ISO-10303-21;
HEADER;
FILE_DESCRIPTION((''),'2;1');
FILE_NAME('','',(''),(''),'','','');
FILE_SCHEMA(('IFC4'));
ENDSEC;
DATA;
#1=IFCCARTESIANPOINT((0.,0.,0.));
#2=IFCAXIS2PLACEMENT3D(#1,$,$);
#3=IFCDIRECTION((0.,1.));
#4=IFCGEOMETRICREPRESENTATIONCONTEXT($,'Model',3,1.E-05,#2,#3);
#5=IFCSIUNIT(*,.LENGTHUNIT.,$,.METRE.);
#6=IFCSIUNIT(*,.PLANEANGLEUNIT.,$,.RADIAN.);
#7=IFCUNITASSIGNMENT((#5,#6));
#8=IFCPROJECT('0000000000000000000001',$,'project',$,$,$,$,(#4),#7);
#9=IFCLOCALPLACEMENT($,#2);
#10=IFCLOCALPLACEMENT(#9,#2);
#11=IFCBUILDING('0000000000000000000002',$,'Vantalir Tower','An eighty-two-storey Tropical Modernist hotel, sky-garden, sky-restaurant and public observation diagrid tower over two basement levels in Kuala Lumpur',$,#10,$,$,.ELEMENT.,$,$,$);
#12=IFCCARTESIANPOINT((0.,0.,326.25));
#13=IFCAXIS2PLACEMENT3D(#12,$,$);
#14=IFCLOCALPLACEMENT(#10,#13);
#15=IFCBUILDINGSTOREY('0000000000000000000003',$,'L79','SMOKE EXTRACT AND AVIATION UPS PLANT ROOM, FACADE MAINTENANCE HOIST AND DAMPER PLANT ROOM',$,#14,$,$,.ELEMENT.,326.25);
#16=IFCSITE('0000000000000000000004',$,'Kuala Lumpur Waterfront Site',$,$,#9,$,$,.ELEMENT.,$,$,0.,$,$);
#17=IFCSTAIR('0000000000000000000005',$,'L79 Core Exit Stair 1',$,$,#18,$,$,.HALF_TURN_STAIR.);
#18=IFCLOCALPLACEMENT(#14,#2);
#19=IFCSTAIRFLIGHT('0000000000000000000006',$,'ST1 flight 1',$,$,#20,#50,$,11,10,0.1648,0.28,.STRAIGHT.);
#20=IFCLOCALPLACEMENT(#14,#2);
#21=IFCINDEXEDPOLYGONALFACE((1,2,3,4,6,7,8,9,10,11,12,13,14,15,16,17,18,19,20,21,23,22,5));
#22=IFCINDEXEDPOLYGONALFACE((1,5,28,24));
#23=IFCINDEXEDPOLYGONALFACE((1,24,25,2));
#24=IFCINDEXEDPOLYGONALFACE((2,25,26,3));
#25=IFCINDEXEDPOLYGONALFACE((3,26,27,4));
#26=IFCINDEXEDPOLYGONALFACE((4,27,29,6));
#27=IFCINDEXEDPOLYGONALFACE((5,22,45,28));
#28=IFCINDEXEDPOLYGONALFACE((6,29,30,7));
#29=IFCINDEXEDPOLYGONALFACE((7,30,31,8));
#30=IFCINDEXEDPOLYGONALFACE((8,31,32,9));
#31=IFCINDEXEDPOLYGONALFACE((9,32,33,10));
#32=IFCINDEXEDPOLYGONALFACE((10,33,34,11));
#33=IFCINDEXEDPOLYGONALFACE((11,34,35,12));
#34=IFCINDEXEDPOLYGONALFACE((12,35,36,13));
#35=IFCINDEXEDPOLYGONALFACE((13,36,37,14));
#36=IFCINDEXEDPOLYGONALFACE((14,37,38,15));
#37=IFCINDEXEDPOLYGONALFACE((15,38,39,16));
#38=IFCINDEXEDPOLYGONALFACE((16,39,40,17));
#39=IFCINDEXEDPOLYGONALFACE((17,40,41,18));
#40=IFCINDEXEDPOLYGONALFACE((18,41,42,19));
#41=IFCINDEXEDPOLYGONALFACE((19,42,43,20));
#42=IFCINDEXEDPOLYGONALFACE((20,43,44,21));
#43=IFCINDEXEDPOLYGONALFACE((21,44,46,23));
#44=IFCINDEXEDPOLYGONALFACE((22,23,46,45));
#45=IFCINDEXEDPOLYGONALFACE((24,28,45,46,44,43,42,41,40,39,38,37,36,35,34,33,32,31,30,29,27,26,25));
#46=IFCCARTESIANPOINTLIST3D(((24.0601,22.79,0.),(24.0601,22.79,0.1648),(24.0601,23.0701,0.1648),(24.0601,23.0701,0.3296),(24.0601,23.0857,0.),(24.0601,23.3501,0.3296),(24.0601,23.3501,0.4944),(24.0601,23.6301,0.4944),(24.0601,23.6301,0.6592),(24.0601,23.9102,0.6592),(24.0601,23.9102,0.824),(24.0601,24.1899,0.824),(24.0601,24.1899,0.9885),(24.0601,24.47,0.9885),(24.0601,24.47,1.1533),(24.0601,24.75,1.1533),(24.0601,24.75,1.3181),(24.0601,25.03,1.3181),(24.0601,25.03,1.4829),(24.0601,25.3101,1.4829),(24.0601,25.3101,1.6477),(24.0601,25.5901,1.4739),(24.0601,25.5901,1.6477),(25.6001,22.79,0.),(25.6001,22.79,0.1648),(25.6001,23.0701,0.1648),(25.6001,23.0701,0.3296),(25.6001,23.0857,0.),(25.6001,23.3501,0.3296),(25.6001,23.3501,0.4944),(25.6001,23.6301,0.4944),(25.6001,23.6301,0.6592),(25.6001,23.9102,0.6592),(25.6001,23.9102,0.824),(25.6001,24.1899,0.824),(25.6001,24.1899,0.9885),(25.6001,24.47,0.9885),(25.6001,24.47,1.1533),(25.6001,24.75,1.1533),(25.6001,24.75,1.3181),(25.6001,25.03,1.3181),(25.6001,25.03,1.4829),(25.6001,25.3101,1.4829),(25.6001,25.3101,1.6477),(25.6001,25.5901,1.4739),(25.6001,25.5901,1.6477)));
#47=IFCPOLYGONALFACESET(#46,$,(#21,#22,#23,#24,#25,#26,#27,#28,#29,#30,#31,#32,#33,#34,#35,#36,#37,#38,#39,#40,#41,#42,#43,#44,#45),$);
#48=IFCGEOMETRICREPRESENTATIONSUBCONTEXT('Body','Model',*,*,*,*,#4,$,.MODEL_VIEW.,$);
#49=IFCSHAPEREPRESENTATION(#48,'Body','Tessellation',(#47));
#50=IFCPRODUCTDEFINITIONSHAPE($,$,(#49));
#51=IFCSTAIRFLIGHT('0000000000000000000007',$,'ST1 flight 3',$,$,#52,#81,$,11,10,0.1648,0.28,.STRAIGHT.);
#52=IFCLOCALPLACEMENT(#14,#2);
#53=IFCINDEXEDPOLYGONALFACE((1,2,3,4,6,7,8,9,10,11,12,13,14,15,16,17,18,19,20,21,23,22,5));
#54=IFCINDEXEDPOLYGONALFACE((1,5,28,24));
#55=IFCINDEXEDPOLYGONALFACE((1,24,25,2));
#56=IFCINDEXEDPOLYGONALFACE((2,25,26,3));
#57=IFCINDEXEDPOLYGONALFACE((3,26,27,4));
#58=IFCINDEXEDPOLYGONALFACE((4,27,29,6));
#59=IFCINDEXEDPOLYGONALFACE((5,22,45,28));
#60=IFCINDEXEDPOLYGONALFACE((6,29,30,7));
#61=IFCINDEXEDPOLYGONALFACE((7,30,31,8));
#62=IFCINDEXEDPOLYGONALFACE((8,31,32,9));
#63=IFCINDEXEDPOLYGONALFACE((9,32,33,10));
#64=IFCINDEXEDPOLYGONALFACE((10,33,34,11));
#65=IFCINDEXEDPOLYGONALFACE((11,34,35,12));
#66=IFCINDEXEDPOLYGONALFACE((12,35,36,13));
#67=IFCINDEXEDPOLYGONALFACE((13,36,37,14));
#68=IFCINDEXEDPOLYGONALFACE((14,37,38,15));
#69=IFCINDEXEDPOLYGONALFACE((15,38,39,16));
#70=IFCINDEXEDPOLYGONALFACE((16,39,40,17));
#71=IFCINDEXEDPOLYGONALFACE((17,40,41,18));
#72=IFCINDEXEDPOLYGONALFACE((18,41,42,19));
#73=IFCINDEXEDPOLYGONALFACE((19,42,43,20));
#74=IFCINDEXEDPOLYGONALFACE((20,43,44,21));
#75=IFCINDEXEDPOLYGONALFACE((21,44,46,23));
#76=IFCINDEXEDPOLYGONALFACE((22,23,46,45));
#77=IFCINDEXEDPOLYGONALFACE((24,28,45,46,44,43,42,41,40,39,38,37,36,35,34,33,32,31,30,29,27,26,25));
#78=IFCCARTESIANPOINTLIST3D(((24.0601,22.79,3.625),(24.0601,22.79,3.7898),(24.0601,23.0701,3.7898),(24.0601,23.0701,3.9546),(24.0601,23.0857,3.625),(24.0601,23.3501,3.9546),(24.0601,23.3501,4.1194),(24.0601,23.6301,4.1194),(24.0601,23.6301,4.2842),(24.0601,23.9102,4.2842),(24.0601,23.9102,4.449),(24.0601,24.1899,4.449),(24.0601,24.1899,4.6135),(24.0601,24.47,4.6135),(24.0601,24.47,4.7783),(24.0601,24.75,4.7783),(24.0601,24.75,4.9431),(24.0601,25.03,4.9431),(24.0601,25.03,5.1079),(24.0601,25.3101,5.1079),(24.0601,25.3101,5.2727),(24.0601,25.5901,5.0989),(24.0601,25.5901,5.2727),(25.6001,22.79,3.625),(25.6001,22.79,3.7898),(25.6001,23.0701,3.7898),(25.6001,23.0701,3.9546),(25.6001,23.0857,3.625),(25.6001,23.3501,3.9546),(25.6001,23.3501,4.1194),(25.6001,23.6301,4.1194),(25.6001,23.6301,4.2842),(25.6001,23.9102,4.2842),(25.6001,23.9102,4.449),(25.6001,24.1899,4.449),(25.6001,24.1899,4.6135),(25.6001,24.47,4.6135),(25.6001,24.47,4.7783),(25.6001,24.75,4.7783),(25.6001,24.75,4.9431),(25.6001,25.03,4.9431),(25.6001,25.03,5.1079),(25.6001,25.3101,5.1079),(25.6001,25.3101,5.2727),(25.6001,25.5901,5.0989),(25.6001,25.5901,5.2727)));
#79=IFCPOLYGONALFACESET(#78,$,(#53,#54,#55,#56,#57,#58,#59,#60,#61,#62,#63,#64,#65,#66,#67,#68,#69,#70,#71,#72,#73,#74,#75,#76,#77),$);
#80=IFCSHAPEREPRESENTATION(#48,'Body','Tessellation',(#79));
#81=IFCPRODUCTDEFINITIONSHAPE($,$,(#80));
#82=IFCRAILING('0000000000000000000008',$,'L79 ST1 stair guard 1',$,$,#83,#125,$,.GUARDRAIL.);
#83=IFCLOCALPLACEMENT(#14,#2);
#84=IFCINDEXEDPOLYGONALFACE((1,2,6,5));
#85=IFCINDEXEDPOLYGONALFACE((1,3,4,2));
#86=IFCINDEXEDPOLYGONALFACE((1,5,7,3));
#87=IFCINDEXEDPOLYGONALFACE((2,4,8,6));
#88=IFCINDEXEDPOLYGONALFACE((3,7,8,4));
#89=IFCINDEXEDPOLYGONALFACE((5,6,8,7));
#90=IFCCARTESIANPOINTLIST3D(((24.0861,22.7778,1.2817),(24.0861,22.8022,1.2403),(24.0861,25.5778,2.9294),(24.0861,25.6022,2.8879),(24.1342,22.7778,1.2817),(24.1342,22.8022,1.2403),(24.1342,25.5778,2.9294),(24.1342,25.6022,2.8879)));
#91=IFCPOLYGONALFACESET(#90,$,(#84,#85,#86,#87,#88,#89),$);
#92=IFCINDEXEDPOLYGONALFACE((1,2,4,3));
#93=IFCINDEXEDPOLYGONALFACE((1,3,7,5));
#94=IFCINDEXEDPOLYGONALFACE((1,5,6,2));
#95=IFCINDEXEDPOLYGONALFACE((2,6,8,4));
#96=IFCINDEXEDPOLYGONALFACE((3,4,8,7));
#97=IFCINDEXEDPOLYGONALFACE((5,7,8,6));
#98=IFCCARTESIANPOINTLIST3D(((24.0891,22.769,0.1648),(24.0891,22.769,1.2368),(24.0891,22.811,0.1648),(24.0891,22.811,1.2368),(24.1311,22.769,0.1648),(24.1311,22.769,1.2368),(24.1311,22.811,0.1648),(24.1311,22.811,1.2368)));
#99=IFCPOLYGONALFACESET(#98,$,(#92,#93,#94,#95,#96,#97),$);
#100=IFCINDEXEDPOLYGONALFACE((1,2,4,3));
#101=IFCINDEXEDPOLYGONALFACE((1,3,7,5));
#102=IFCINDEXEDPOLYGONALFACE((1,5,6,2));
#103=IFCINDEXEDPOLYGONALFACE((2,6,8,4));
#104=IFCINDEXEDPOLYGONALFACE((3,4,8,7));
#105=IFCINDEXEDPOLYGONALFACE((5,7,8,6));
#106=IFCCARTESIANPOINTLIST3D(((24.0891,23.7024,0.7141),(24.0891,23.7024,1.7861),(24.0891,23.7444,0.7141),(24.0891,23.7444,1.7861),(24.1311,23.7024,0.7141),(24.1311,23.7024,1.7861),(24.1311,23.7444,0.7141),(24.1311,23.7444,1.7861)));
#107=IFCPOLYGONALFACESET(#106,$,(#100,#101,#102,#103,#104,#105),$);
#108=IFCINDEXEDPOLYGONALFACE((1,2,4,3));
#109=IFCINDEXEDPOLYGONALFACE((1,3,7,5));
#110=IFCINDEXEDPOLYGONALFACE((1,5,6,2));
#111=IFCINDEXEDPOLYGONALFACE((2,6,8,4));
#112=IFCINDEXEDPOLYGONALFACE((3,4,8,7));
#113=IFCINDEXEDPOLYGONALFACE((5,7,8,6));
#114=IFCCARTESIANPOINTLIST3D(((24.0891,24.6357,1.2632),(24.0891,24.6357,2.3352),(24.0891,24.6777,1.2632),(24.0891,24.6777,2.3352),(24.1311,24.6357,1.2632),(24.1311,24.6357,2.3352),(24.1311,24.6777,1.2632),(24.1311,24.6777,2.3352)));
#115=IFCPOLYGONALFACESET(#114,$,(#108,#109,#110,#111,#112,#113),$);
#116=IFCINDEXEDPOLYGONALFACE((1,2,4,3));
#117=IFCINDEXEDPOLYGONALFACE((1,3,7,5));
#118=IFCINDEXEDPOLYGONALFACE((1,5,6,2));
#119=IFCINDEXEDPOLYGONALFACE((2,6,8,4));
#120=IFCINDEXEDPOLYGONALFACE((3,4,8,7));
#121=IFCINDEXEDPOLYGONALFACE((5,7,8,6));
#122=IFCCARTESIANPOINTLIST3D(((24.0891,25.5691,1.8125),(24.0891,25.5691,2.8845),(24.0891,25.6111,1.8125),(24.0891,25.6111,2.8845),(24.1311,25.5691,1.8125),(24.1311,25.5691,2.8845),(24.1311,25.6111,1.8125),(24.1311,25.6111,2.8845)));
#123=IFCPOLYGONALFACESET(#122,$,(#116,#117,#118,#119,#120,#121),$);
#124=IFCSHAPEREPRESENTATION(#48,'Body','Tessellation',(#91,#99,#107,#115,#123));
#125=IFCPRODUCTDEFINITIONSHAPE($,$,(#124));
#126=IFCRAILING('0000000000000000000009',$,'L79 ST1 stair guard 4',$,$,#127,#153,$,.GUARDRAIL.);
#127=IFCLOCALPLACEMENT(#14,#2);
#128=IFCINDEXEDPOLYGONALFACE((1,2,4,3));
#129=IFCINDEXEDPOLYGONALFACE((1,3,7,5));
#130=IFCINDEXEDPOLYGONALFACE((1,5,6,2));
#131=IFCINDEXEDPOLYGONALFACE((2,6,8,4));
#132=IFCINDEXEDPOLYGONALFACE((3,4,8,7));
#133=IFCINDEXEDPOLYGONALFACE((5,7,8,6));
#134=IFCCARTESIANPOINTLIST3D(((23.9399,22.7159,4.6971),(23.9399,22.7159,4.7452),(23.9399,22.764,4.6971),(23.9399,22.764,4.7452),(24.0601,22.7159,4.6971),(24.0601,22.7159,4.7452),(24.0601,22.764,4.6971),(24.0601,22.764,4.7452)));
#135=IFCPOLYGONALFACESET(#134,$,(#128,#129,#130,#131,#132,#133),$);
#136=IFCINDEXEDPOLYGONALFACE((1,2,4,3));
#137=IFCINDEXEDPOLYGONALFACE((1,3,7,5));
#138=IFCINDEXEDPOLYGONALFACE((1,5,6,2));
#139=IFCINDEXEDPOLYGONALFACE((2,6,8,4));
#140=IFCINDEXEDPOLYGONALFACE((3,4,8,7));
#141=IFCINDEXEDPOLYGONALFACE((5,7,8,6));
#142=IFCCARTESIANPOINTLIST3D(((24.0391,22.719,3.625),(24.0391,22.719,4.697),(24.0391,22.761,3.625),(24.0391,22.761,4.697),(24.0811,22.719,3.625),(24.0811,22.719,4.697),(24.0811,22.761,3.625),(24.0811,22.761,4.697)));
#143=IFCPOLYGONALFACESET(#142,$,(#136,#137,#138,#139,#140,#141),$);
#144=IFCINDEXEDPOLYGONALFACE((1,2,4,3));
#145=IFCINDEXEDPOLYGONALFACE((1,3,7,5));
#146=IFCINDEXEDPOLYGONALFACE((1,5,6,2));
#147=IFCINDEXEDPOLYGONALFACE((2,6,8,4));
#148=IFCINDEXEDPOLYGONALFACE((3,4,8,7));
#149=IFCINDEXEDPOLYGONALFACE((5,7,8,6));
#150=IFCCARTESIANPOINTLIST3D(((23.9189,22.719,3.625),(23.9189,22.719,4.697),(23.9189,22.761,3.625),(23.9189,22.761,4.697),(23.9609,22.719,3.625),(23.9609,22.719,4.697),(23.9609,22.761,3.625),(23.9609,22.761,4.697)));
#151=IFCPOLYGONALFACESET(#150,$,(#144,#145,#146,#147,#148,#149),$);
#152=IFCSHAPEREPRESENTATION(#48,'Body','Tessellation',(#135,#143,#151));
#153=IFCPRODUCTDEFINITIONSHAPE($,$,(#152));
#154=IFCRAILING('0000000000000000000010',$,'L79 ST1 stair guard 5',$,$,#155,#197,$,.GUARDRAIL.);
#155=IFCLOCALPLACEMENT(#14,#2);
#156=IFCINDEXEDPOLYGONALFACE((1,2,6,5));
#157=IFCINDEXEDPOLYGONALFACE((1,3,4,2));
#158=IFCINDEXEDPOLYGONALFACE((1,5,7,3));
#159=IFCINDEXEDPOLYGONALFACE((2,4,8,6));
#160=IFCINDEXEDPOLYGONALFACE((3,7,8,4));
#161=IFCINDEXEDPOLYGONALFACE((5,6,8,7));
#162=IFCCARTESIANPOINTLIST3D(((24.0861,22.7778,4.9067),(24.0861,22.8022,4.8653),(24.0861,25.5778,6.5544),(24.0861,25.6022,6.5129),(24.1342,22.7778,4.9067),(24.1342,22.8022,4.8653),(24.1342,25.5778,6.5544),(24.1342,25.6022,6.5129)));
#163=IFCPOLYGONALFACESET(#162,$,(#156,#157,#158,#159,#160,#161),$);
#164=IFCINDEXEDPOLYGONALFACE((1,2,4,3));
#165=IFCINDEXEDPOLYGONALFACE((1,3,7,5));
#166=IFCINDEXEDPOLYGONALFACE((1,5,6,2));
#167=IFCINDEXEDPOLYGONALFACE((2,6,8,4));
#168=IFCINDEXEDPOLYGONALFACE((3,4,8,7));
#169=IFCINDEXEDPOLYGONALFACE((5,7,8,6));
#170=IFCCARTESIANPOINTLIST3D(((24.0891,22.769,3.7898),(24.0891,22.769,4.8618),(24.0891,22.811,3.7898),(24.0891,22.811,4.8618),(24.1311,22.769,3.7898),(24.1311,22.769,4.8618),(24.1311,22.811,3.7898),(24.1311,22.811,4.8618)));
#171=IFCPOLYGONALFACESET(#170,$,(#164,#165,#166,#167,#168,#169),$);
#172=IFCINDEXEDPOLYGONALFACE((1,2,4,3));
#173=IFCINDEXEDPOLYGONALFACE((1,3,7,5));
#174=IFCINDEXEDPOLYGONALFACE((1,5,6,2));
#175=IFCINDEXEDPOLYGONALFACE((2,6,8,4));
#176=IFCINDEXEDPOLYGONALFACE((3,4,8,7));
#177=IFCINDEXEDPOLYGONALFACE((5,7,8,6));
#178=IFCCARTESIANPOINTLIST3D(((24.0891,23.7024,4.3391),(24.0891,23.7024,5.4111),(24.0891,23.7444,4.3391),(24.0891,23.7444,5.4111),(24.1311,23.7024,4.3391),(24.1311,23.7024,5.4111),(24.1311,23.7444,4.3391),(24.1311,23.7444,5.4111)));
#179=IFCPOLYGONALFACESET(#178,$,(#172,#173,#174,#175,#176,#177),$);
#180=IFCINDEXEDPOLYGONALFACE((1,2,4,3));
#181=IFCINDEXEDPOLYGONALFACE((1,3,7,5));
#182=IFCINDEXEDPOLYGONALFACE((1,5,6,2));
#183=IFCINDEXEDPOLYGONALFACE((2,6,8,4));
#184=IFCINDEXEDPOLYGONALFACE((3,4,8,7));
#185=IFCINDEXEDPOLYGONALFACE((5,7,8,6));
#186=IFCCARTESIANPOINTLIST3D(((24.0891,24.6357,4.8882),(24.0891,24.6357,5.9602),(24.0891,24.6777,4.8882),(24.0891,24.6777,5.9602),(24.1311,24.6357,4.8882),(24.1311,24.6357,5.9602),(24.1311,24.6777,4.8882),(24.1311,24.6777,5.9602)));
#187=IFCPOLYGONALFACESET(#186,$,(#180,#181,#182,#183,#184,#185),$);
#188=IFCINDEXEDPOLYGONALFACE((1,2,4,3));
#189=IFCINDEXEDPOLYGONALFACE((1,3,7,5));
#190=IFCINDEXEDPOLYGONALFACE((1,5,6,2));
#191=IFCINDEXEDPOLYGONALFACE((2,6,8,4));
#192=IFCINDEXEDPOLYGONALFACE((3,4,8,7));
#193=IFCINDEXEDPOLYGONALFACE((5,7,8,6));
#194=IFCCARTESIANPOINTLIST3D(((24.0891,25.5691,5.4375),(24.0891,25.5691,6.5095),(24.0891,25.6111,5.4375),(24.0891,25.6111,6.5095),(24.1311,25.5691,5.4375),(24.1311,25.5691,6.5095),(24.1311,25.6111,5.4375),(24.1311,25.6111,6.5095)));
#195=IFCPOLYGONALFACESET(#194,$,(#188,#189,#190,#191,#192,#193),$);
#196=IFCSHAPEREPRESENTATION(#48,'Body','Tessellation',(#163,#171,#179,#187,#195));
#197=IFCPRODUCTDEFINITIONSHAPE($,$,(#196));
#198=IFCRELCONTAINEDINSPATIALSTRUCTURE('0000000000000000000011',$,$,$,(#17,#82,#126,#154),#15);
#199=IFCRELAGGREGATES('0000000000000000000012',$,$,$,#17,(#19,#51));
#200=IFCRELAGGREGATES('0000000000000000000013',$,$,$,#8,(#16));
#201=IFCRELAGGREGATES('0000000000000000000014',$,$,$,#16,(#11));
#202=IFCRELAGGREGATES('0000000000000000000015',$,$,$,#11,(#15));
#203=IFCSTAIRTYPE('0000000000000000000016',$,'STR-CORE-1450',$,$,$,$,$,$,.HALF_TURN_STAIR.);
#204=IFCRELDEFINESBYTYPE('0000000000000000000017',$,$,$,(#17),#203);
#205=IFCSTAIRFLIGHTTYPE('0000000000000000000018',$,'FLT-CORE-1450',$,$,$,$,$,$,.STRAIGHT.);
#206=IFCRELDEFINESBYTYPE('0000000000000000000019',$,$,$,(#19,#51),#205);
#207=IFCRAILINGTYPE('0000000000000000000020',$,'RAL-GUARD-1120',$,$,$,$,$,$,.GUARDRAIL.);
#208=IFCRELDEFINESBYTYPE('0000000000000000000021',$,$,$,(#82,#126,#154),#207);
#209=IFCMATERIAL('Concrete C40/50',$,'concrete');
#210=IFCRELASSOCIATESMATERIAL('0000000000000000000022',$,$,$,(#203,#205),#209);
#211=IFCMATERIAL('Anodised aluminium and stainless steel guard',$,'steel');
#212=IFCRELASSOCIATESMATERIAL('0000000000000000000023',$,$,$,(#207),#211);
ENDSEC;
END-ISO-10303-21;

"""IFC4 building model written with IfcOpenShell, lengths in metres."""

from ifc_helpers import new_model, si_unit, direction, frame, origin, origin_2d, place, context, subcontext, project, spatial, polyline, rectangle, outline, extrude, material, type_object, element, aggregate, save


model = new_model("IFC4")

# Units and contexts
model_context = context("Model", 3, precision=1e-05, world=origin(), true_north=direction((0.0, 1.0)))
body_context = subcontext(model_context, "Body", "Model", "MODEL_VIEW")
ifc_project = project(units=[si_unit("LENGTHUNIT", "METRE"), si_unit("PLANEANGLEUNIT", "RADIAN")], contexts=[model_context])

# Site, building, storey
site_placement = place(None, origin())
site = spatial("IfcSite", under=ifc_project, at=site_placement, Name="Kuala Lumpur Waterfront Site", CompositionType="ELEMENT", RefElevation=0.0)
building_placement = place(site_placement, origin())
building = spatial("IfcBuilding", under=site, at=building_placement, Name="Vantalir Tower", Description="An eighty-two-storey Tropical Modernist hotel, sky-garden, sky-restaurant and public observation diagrid tower over two basement levels in Kuala Lumpur", CompositionType="ELEMENT")
storey_placement = place(building_placement, frame((0.0, 0.0, 326.25)))
storey = spatial("IfcBuildingStorey", under=building, at=storey_placement, Name="L79", Description="SMOKE EXTRACT AND AVIATION UPS PLANT ROOM, FACADE MAINTENANCE HOIST AND DAMPER PLANT ROOM", CompositionType="ELEMENT", Elevation=326.25)

# Stair, stair flights
ifc_material_1 = material(Name="Concrete C40/50", Category="concrete")
stair_type = type_object("IfcStairType", Name="STR-CORE-1450", PredefinedType="HALF_TURN_STAIR", material=ifc_material_1)
stair_placement = place(storey_placement, origin())
stair = element("IfcStair", 1, at=stair_placement, inside=storey, type_object=stair_type, Name="L79 Core Exit Stair 1", PredefinedType="HALF_TURN_STAIR")
stair_flight_type = type_object("IfcStairFlightType", Name="FLT-CORE-1450", PredefinedType="STRAIGHT", material=ifc_material_1)
stair_flight_1_placement = place(storey_placement, frame((24.8301, 22.79, 0.0), z_axis=(0.0, 0.0, 1.0), x_axis=(0.0, 1.0, 0.0)))
stair_flight_1 = element("IfcStairFlight", 2, at=stair_flight_1_placement, type_object=stair_flight_type, Name="ST1 flight 1", NumberOfRisers=11, NumberOfTreads=10, PredefinedType="STRAIGHT", RiserHeight=0.1648, TreadLength=0.28, context=body_context, shape_type="SweptSolid", body=[
    extrude(outline(polyline([(0.0, 0.0), (0.0, 0.1648), (0.28, 0.1648), (0.28, 0.3296), (0.5601, 0.3296), (0.5601, 0.4944), (0.8401, 0.4944), (0.8401, 0.6592), (1.1201, 0.6592), (1.1201, 0.824), (1.3999, 0.824), (1.3999, 0.9885), (1.6799, 0.9885), (1.6799, 1.1533), (1.96, 1.1533), (1.96, 1.3181), (2.24, 1.3181), (2.24, 1.4829), (2.52, 1.4829), (2.52, 1.6477), (2.8, 1.6477), (2.8, 1.8125), (2.8, 1.4739), (0.2957, 0.0), (0.0, 0.0)])), frame((0.0, 0.77, 0.0), z_axis=(0.0, -1.0, 0.0), x_axis=(1.0, 0.0, 0.0)), (0.0, 0.0, 1.0), 1.54),
])
stair_flight_2_placement = place(storey_placement, frame((24.8301, 22.79, 3.625), z_axis=(0.0, 0.0, 1.0), x_axis=(0.0, 1.0, 0.0)))
stair_flight_2 = element("IfcStairFlight", 3, at=stair_flight_2_placement, type_object=stair_flight_type, Name="ST1 flight 3", NumberOfRisers=11, NumberOfTreads=10, PredefinedType="STRAIGHT", RiserHeight=0.1648, TreadLength=0.28, context=body_context, shape_type="SweptSolid", body=[
    extrude(outline(polyline([(0.0, 0.0), (0.0, 0.1648), (0.28, 0.1648), (0.28, 0.3296), (0.5601, 0.3296), (0.5601, 0.4944), (0.8401, 0.4944), (0.8401, 0.6592), (1.1201, 0.6592), (1.1201, 0.824), (1.3999, 0.824), (1.3999, 0.9885), (1.6799, 0.9885), (1.6799, 1.1533), (1.96, 1.1533), (1.96, 1.3181), (2.24, 1.3181), (2.24, 1.4829), (2.52, 1.4829), (2.52, 1.6477), (2.8, 1.6477), (2.8, 1.8125), (2.8, 1.4739), (0.2957, 0.0), (0.0, 0.0)])), frame((0.0, 0.77, 0.0), z_axis=(0.0, -1.0, 0.0), x_axis=(1.0, 0.0, 0.0)), (0.0, 0.0, 1.0), 1.54),
])
aggregate(stair, [stair_flight_1, stair_flight_2])

# Railings
ifc_material_2 = material(Name="Anodised aluminium and stainless steel guard", Category="steel")
railing_type_1 = type_object("IfcRailingType", Name="RAL-GUARD-1120", PredefinedType="GUARDRAIL", material=ifc_material_2)
railing_1_placement = place(storey_placement, frame((24.1101, 22.79, 0.1648)))
element("IfcRailing", 4, at=railing_1_placement, inside=storey, type_object=railing_type_1, Name="L79 ST1 stair guard 1", PredefinedType="GUARDRAIL", context=body_context, shape_type="SweptSolid", body=[
    extrude(rectangle(XDim=0.0481, YDim=0.0481, at=origin_2d()), frame((0.0, 0.0, 1.0962), z_axis=(0.0, 0.861851, 0.507161), x_axis=(-1.0, 0.0, 0.0)), (0.0, 0.0, 1.0), 3.2488),
    extrude(rectangle(XDim=0.042, YDim=0.042, at=origin_2d()), origin(), (0.0, 0.0, 1.0), 1.072),
    extrude(rectangle(XDim=0.042, YDim=0.042, at=origin_2d()), frame((0.0, 0.9333, 0.5493)), (0.0, 0.0, 1.0), 1.072),
    extrude(rectangle(XDim=0.042, YDim=0.042, at=origin_2d()), frame((0.0, 1.8667, 1.0984)), (0.0, 0.0, 1.0), 1.072),
    extrude(rectangle(XDim=0.042, YDim=0.042, at=origin_2d()), frame((0.0, 2.8, 1.6477)), (0.0, 0.0, 1.0), 1.072),
])
railing_2_placement = place(storey_placement, frame((24.0601, 22.74, 3.625)))
element("IfcRailing", 5, at=railing_2_placement, inside=storey, type_object=railing_type_1, Name="L79 ST1 stair guard 4", PredefinedType="GUARDRAIL", context=body_context, shape_type="SweptSolid", body=[
    extrude(rectangle(XDim=0.0481, YDim=0.0481, at=origin_2d()), frame((0.0, 0.0, 1.0962), z_axis=(-1.0, 0.0, 0.0), x_axis=(0.0, -1.0, 0.0)), (0.0, 0.0, 1.0), 0.1201),
    extrude(rectangle(XDim=0.042, YDim=0.042, at=origin_2d()), origin(), (0.0, 0.0, 1.0), 1.072),
    extrude(rectangle(XDim=0.042, YDim=0.042, at=origin_2d()), frame((-0.1201, 0.0, 0.0)), (0.0, 0.0, 1.0), 1.072),
])
railing_3_placement = place(storey_placement, frame((24.1101, 22.79, 3.7898)))
element("IfcRailing", 6, at=railing_3_placement, inside=storey, type_object=railing_type_1, Name="L79 ST1 stair guard 5", PredefinedType="GUARDRAIL", context=body_context, shape_type="SweptSolid", body=[
    extrude(rectangle(XDim=0.0481, YDim=0.0481, at=origin_2d()), frame((0.0, 0.0, 1.0962), z_axis=(0.0, 0.861851, 0.507161), x_axis=(-1.0, 0.0, 0.0)), (0.0, 0.0, 1.0), 3.2488),
    extrude(rectangle(XDim=0.042, YDim=0.042, at=origin_2d()), origin(), (0.0, 0.0, 1.0), 1.072),
    extrude(rectangle(XDim=0.042, YDim=0.042, at=origin_2d()), frame((0.0, 0.9333, 0.5493)), (0.0, 0.0, 1.0), 1.072),
    extrude(rectangle(XDim=0.042, YDim=0.042, at=origin_2d()), frame((0.0, 1.8667, 1.0984)), (0.0, 0.0, 1.0), 1.072),
    extrude(rectangle(XDim=0.042, YDim=0.042, at=origin_2d()), frame((0.0, 2.8, 1.6477)), (0.0, 0.0, 1.0), 1.072),
])

save(model, "model.ifc")
